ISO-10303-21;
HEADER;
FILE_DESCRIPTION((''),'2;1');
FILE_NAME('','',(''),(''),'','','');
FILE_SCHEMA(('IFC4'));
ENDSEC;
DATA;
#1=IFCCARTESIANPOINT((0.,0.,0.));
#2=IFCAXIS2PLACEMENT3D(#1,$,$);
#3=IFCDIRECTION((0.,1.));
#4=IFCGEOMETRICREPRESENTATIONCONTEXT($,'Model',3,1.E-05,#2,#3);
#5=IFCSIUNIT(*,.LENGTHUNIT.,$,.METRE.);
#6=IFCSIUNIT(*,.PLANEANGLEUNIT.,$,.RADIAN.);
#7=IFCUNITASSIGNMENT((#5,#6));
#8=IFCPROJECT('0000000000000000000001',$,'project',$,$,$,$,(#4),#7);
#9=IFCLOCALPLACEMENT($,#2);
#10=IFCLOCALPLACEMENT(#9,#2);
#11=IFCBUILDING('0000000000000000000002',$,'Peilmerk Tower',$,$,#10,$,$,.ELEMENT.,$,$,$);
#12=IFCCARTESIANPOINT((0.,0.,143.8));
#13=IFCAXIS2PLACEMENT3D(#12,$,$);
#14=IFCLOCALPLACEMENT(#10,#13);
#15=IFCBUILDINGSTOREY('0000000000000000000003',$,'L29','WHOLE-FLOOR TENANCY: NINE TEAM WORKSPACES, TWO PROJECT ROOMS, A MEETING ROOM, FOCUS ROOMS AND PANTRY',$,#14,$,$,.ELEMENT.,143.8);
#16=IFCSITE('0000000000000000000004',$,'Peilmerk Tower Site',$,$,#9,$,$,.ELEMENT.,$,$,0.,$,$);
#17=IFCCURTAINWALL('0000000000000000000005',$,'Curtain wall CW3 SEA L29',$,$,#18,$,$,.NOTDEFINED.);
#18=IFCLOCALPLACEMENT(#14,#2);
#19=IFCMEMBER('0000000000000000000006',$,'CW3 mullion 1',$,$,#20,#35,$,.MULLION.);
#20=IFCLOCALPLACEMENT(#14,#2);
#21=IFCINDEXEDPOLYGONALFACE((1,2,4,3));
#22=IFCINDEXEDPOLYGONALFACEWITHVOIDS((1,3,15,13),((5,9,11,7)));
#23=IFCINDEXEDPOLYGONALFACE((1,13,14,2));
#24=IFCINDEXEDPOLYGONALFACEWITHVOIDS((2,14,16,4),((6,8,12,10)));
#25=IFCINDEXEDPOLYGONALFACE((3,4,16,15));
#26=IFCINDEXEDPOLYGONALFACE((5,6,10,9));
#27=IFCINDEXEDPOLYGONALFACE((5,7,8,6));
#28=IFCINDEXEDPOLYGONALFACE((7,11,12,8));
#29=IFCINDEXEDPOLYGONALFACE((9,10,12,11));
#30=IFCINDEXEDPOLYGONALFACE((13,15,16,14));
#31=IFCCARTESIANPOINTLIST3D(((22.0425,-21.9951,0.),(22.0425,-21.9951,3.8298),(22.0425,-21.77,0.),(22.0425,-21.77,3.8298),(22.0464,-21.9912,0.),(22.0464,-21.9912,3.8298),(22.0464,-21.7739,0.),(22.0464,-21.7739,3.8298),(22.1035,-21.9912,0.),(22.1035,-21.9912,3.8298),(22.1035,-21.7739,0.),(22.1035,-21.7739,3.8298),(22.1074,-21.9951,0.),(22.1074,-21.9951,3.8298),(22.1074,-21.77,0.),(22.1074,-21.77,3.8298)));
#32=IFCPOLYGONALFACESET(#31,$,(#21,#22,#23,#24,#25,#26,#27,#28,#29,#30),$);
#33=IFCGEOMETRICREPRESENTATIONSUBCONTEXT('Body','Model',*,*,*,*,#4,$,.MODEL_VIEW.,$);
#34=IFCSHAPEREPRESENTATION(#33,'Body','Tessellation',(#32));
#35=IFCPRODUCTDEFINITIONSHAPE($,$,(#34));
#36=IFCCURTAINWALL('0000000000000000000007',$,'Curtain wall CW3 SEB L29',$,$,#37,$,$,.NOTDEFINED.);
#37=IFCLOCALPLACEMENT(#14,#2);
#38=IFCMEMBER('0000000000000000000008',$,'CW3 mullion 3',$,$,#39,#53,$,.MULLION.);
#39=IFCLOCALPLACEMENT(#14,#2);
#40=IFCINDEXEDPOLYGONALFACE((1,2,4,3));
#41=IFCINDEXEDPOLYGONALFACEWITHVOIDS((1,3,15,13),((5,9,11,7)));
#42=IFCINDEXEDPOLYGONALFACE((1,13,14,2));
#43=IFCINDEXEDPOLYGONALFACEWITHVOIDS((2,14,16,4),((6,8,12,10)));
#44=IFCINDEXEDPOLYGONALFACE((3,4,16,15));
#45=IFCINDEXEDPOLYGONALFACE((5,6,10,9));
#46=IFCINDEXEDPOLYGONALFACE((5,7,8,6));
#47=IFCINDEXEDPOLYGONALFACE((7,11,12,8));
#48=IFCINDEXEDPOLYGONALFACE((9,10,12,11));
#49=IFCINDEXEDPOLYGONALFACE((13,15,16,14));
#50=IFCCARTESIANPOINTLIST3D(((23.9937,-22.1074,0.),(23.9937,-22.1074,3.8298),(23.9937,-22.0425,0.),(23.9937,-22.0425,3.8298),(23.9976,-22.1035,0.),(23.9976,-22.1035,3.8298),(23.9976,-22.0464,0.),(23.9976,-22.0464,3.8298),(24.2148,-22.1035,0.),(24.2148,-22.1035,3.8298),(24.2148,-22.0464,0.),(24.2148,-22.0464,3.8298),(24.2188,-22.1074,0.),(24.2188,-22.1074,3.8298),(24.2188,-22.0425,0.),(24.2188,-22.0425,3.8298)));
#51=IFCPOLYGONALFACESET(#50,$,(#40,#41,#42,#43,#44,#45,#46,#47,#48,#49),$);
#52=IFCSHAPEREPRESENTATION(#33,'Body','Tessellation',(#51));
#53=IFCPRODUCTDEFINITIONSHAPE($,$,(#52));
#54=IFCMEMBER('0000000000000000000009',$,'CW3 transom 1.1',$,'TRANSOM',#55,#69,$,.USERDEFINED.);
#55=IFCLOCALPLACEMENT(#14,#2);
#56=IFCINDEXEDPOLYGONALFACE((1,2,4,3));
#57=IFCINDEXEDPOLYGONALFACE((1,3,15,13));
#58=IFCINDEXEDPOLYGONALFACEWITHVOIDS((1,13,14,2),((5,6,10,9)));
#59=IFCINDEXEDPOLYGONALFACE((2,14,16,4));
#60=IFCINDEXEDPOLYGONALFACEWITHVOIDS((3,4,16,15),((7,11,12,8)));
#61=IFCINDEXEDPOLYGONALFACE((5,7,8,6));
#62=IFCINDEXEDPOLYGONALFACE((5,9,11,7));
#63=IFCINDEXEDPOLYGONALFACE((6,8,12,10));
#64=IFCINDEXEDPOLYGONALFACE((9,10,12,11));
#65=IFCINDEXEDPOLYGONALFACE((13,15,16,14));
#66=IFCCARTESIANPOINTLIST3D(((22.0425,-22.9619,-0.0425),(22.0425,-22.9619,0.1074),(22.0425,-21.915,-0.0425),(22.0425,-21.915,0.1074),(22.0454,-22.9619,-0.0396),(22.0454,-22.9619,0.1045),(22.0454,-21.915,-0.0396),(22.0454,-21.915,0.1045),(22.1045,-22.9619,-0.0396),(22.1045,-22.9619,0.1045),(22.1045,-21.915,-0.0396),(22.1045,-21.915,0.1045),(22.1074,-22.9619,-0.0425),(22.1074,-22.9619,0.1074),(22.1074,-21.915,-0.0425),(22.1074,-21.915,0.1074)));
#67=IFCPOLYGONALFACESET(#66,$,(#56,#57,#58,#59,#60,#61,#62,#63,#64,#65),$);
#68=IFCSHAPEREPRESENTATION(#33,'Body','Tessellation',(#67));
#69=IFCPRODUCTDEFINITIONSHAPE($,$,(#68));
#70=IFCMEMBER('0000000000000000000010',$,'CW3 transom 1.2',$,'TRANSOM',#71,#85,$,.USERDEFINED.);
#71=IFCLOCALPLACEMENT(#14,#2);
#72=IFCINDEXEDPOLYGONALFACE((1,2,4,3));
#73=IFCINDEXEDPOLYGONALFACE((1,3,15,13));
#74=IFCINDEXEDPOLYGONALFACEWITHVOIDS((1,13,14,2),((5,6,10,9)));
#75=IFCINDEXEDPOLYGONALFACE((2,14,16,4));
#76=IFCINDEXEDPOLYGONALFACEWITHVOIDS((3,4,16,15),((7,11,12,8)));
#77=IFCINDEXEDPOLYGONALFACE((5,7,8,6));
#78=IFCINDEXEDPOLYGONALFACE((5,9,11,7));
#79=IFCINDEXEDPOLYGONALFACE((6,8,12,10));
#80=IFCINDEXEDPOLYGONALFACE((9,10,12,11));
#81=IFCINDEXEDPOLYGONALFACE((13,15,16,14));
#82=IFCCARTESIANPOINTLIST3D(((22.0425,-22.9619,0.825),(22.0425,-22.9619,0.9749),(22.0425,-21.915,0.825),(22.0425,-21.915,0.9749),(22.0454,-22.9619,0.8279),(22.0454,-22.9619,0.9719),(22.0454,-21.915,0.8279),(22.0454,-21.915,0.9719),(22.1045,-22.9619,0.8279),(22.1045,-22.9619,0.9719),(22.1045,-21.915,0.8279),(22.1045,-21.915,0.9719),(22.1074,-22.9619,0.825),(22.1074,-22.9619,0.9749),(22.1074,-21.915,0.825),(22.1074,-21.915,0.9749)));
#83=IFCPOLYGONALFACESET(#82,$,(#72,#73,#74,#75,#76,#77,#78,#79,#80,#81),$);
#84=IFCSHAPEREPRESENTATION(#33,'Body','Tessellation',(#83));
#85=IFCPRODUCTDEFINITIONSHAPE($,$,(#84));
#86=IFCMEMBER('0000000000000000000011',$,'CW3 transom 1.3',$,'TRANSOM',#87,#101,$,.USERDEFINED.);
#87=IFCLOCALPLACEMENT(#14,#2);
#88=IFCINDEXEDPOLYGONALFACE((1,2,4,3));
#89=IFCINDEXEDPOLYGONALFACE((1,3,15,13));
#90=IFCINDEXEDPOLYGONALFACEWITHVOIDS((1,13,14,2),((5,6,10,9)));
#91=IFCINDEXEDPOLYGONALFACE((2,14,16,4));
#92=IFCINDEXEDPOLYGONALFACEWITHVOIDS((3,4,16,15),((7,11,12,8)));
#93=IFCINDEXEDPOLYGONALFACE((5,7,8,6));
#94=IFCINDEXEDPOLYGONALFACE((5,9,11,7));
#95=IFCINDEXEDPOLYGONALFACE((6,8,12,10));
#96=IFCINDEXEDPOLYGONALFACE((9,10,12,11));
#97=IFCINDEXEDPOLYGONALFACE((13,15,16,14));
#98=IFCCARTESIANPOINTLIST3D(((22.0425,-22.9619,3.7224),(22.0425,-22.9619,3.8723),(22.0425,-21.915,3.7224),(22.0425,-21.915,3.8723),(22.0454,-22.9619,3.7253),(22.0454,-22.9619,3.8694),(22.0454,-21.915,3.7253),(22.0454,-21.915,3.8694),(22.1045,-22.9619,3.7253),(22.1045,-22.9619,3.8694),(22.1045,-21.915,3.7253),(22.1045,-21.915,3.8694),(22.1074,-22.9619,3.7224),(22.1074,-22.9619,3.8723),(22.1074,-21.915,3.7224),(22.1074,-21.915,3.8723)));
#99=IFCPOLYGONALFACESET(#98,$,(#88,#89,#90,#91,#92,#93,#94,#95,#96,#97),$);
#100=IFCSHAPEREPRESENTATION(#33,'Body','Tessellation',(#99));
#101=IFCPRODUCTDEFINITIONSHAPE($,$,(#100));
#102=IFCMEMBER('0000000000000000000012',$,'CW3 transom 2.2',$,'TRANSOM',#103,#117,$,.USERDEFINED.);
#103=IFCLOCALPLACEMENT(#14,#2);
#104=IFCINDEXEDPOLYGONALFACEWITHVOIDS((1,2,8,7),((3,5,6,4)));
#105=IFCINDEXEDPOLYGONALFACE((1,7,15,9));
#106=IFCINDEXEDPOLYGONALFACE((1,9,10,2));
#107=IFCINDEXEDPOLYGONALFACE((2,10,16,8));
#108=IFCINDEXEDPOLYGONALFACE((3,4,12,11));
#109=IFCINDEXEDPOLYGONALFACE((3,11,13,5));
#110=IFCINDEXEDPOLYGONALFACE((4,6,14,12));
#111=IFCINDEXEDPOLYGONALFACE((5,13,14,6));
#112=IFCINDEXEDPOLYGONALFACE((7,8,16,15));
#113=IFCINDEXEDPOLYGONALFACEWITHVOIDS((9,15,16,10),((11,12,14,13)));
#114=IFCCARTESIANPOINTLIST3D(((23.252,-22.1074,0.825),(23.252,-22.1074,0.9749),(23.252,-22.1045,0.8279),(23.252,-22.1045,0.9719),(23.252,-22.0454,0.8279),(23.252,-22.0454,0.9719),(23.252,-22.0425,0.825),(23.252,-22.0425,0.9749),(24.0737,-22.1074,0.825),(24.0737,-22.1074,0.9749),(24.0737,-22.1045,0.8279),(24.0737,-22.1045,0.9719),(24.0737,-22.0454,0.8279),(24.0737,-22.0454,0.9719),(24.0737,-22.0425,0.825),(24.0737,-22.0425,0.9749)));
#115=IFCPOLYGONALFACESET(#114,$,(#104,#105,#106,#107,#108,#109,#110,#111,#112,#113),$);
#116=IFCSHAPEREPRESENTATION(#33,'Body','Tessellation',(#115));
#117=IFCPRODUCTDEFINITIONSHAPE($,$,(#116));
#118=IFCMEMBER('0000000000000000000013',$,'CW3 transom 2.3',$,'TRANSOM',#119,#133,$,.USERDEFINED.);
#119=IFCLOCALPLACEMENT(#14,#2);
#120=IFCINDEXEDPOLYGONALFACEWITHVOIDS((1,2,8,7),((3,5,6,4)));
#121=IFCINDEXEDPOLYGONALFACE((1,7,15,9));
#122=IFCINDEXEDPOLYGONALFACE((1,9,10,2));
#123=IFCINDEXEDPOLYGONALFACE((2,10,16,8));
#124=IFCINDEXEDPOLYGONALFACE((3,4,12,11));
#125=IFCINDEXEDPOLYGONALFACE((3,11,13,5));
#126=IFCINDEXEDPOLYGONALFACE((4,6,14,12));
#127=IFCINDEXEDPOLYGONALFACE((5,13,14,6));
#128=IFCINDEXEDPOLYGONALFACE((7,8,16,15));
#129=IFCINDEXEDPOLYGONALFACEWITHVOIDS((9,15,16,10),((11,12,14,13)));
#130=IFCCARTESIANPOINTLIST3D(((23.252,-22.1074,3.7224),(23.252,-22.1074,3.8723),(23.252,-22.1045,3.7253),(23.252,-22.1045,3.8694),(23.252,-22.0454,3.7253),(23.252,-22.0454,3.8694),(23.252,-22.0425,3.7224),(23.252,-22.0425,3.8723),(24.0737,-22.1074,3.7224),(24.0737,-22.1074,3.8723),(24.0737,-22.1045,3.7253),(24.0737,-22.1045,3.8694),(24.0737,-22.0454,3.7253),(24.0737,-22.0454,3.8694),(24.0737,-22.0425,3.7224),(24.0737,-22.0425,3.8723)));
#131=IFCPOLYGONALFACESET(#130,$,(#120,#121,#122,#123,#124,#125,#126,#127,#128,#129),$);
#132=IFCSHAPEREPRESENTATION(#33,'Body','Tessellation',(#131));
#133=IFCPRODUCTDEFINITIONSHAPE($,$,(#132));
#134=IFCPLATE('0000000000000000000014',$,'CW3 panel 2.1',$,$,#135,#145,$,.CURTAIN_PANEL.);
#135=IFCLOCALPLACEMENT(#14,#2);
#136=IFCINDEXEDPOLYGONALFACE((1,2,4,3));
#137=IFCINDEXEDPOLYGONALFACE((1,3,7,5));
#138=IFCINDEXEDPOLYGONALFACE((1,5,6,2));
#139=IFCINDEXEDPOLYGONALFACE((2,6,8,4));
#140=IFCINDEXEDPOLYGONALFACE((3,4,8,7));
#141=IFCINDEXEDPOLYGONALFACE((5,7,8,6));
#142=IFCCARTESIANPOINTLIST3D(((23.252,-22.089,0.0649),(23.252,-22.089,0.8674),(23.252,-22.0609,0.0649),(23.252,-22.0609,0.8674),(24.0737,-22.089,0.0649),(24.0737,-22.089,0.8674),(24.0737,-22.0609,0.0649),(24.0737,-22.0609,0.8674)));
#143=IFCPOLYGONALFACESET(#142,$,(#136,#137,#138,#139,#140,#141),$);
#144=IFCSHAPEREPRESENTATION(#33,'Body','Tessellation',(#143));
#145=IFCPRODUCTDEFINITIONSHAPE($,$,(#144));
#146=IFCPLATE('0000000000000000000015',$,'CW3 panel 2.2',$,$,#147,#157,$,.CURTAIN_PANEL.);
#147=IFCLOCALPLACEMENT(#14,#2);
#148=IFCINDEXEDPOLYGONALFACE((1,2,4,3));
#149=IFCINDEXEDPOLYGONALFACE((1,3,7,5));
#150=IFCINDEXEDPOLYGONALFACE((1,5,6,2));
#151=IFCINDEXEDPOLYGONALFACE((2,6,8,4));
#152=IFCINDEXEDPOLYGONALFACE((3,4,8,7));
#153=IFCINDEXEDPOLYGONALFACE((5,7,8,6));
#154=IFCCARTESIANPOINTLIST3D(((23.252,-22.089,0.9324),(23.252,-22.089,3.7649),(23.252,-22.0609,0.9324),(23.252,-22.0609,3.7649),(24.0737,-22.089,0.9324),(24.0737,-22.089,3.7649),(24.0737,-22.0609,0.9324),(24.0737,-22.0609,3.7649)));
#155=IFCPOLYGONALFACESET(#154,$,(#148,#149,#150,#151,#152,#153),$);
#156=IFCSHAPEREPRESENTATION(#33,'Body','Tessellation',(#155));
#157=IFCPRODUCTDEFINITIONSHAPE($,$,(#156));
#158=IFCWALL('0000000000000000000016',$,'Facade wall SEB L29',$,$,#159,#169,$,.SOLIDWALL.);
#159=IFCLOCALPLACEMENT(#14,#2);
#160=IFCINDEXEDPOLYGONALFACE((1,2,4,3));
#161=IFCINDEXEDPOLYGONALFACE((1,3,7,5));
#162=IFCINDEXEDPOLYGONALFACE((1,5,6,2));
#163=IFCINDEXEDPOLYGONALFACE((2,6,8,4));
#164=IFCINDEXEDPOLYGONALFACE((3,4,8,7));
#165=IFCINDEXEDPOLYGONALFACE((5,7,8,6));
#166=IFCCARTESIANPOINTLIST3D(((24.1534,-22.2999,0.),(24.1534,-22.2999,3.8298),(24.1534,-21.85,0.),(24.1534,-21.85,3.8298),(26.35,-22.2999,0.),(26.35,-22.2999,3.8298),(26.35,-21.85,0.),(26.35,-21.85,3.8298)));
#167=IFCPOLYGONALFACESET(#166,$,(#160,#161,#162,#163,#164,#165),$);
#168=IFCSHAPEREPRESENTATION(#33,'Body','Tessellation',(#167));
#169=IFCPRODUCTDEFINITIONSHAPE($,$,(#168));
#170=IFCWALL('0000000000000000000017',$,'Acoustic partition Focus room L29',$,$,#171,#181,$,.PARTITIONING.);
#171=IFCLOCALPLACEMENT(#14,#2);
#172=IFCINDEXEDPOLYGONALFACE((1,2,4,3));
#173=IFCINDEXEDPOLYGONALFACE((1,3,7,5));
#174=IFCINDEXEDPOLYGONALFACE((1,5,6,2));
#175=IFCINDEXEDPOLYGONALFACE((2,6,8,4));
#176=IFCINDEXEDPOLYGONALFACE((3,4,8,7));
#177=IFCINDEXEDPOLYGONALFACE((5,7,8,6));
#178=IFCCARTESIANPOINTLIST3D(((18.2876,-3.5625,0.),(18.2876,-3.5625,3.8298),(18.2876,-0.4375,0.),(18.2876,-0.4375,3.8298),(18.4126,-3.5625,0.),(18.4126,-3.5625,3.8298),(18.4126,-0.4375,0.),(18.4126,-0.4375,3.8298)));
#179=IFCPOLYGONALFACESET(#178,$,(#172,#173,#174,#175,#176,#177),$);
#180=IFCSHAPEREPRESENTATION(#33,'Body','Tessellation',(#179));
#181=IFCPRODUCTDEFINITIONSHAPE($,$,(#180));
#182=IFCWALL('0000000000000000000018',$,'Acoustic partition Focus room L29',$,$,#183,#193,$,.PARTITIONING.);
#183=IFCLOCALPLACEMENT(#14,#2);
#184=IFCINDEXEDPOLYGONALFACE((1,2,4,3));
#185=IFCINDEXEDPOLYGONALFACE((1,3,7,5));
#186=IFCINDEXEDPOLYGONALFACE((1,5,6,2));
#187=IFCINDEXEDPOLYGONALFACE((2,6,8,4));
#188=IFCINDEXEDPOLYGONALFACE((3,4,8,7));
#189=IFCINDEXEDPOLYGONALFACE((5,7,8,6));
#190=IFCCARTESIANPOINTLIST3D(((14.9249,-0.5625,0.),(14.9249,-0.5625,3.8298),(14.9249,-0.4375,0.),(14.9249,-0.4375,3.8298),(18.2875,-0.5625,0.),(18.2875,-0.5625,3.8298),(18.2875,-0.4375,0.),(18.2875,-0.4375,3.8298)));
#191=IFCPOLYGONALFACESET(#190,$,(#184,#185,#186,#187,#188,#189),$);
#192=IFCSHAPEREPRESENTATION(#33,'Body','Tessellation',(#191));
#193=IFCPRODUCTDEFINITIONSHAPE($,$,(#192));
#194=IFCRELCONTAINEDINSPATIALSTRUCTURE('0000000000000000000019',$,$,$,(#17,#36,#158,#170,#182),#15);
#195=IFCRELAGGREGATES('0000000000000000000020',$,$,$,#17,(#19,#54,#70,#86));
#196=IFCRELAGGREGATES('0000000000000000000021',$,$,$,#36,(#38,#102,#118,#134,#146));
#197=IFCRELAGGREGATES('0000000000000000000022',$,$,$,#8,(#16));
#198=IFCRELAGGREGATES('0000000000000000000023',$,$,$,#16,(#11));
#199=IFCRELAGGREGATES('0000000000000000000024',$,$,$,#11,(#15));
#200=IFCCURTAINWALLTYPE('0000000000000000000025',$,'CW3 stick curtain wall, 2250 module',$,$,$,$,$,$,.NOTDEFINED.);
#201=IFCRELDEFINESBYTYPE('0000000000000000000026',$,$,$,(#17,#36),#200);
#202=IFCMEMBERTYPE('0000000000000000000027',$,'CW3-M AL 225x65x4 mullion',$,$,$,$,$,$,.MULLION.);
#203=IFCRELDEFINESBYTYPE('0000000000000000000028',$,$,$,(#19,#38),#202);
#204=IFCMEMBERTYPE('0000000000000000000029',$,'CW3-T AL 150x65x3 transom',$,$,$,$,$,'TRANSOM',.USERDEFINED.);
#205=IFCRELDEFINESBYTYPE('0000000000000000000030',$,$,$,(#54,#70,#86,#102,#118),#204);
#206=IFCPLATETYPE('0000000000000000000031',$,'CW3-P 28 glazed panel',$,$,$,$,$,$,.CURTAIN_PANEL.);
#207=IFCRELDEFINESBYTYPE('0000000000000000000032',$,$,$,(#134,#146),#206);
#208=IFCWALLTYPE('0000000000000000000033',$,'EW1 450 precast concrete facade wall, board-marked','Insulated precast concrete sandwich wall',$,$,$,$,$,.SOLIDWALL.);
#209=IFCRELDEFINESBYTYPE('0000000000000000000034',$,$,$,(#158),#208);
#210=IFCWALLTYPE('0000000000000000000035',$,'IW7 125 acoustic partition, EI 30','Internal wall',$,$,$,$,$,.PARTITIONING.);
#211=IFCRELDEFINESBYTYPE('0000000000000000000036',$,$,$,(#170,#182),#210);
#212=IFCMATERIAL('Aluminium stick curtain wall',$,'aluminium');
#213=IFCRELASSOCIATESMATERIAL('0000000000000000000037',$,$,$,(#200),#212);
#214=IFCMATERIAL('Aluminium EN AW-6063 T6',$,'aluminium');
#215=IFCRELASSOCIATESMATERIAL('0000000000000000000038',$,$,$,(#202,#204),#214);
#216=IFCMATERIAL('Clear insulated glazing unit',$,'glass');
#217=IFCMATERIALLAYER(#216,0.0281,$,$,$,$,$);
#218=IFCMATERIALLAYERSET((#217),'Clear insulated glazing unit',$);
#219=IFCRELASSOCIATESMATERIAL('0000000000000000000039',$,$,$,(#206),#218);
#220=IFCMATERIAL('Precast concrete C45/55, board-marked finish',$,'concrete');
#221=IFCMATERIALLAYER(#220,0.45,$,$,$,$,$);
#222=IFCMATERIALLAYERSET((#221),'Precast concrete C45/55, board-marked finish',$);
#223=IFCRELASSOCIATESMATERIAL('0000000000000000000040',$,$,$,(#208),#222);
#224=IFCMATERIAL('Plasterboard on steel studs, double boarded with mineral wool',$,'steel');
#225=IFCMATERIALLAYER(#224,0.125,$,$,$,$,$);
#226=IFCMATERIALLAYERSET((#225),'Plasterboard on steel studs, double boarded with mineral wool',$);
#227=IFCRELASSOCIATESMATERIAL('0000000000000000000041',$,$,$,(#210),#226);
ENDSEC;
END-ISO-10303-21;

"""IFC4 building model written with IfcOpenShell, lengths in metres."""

from ifc_helpers import new_model, si_unit, direction, frame, frame_2d, origin, origin_2d, place, context, subcontext, project, spatial, rectangle, hollow_rectangle, extrude, material, layer, layer_set, material_profile, profile_set, type_object, element, aggregate, save


model = new_model("IFC4")

# Units and contexts
model_context = context("Model", 3, precision=1e-05, world=origin(), true_north=direction((0.0, 1.0)))
body_context = subcontext(model_context, "Body", "Model", "MODEL_VIEW")
ifc_project = project(units=[si_unit("LENGTHUNIT", "METRE"), si_unit("PLANEANGLEUNIT", "RADIAN")], contexts=[model_context])

# Site, building, storey
site_placement = place(None, origin())
site = spatial("IfcSite", under=ifc_project, at=site_placement, Name="Peilmerk Tower Site", CompositionType="ELEMENT", RefElevation=0.0)
building_placement = place(site_placement, origin())
building = spatial("IfcBuilding", under=site, at=building_placement, Name="Peilmerk Tower", CompositionType="ELEMENT")
storey_placement = place(building_placement, frame((0.0, 0.0, 143.8)))
storey = spatial("IfcBuildingStorey", under=building, at=storey_placement, Name="L29", Description="WHOLE-FLOOR TENANCY: NINE TEAM WORKSPACES, TWO PROJECT ROOMS, A MEETING ROOM, FOCUS ROOMS AND PANTRY", CompositionType="ELEMENT", Elevation=143.8)

# Curtain walls, members
ifc_material_1 = material(Name="Aluminium stick curtain wall", Category="aluminium")
curtain_wall_type = type_object("IfcCurtainWallType", Name="CW3 stick curtain wall, 2250 module", PredefinedType="NOTDEFINED", material=ifc_material_1)
curtain_wall_1_placement = place(storey_placement, origin())
curtain_wall_1 = element("IfcCurtainWall", 1, at=curtain_wall_1_placement, inside=storey, type_object=curtain_wall_type, Name="Curtain wall CW3 SEA L29", PredefinedType="NOTDEFINED")
ifc_material_2 = material(Name="Aluminium EN AW-6063 T6", Category="aluminium")
ifc_material_profile_1 = material_profile(ifc_material_2, hollow_rectangle(XDim=0.0649, YDim=0.2251, WallThickness=0.0039, at=origin_2d()), Name="AL 225x65x4")
ifc_profile_set_1 = profile_set([ifc_material_profile_1], Name="Aluminium EN AW-6063 T6")
member_type_1 = type_object("IfcMemberType", Name="CW3-M AL 225x65x4 mullion", PredefinedType="MULLION", material=ifc_profile_set_1)
member_1_placement = place(storey_placement, frame((22.075, -21.8826, 0.0), z_axis=(0.0, 0.0, 1.0), x_axis=(1.0, 0.0, 0.0)))
member_1 = element("IfcMember", 2, at=member_1_placement, type_object=member_type_1, Name="CW3 mullion 1", PredefinedType="MULLION", context=body_context, shape_type="SweptSolid", body=[
    extrude(hollow_rectangle(XDim=0.0649, YDim=0.2251, WallThickness=0.0039, at=origin_2d()), origin(), (0.0, 0.0, 1.0), 3.8298),
])
curtain_wall_2_placement = place(storey_placement, origin())
curtain_wall_2 = element("IfcCurtainWall", 3, at=curtain_wall_2_placement, inside=storey, type_object=curtain_wall_type, Name="Curtain wall CW3 SEB L29", PredefinedType="NOTDEFINED")
member_2_placement = place(storey_placement, frame((24.1062, -22.075, 0.0), z_axis=(0.0, 0.0, 1.0), x_axis=(0.0, 1.0, 0.0)))
member_2 = element("IfcMember", 4, at=member_2_placement, type_object=member_type_1, Name="CW3 mullion 3", PredefinedType="MULLION", context=body_context, shape_type="SweptSolid", body=[
    extrude(hollow_rectangle(XDim=0.0649, YDim=0.2251, WallThickness=0.0039, at=origin_2d()), origin(), (0.0, 0.0, 1.0), 3.8298),
])

# Members
ifc_material_profile_2 = material_profile(ifc_material_2, hollow_rectangle(XDim=0.0649, YDim=0.1499, WallThickness=0.0029, at=origin_2d()), Name="AL 150x65x3")
ifc_profile_set_2 = profile_set([ifc_material_profile_2], Name="Aluminium EN AW-6063 T6")
member_type_2 = type_object("IfcMemberType", Name="CW3-T AL 150x65x3 transom", ElementType="TRANSOM", PredefinedType="USERDEFINED", material=ifc_profile_set_2)
member_3_placement = place(storey_placement, frame((22.075, -21.915, 0.0325), z_axis=(0.0, -1.0, 0.0), x_axis=(1.0, 0.0, 0.0)))
member_3 = element("IfcMember", 5, at=member_3_placement, type_object=member_type_2, Name="CW3 transom 1.1", ObjectType="TRANSOM", PredefinedType="USERDEFINED", context=body_context, shape_type="SweptSolid", body=[
    extrude(hollow_rectangle(XDim=0.0649, YDim=0.1499, WallThickness=0.0029, at=origin_2d()), origin(), (0.0, 0.0, 1.0), 1.0469),
])
member_4_placement = place(storey_placement, frame((22.075, -21.915, 0.8999), z_axis=(0.0, -1.0, 0.0), x_axis=(1.0, 0.0, 0.0)))
member_4 = element("IfcMember", 6, at=member_4_placement, type_object=member_type_2, Name="CW3 transom 1.2", ObjectType="TRANSOM", PredefinedType="USERDEFINED", context=body_context, shape_type="SweptSolid", body=[
    extrude(hollow_rectangle(XDim=0.0649, YDim=0.1499, WallThickness=0.0029, at=origin_2d()), origin(), (0.0, 0.0, 1.0), 1.0469),
])
member_5_placement = place(storey_placement, frame((22.075, -21.915, 3.7974), z_axis=(0.0, -1.0, 0.0), x_axis=(1.0, 0.0, 0.0)))
member_5 = element("IfcMember", 7, at=member_5_placement, type_object=member_type_2, Name="CW3 transom 1.3", ObjectType="TRANSOM", PredefinedType="USERDEFINED", context=body_context, shape_type="SweptSolid", body=[
    extrude(hollow_rectangle(XDim=0.0649, YDim=0.1499, WallThickness=0.0029, at=origin_2d()), origin(), (0.0, 0.0, 1.0), 1.0469),
])
aggregate(curtain_wall_1, [member_1, member_3, member_4, member_5])
member_6_placement = place(storey_placement, frame((23.252, -22.075, 0.8999), z_axis=(1.0, 0.0, 0.0), x_axis=(0.0, 1.0, 0.0)))
member_6 = element("IfcMember", 8, at=member_6_placement, type_object=member_type_2, Name="CW3 transom 2.2", ObjectType="TRANSOM", PredefinedType="USERDEFINED", context=body_context, shape_type="SweptSolid", body=[
    extrude(hollow_rectangle(XDim=0.0649, YDim=0.1499, WallThickness=0.0029, at=origin_2d()), origin(), (0.0, 0.0, 1.0), 0.8218),
])
member_7_placement = place(storey_placement, frame((23.252, -22.075, 3.7974), z_axis=(1.0, 0.0, 0.0), x_axis=(0.0, 1.0, 0.0)))
member_7 = element("IfcMember", 9, at=member_7_placement, type_object=member_type_2, Name="CW3 transom 2.3", ObjectType="TRANSOM", PredefinedType="USERDEFINED", context=body_context, shape_type="SweptSolid", body=[
    extrude(hollow_rectangle(XDim=0.0649, YDim=0.1499, WallThickness=0.0029, at=origin_2d()), origin(), (0.0, 0.0, 1.0), 0.8218),
])

# Plates
ifc_material_3 = material(Name="Clear insulated glazing unit", Category="glass")
ifc_layer_1 = layer(ifc_material_3, 0.0281)
ifc_layer_set_1 = layer_set([ifc_layer_1], Name="Clear insulated glazing unit")
plate_type = type_object("IfcPlateType", Name="CW3-P 28 glazed panel", PredefinedType="CURTAIN_PANEL", material=ifc_layer_set_1)
plate_1_placement = place(storey_placement, frame((23.6628, -22.075, 0.0649), z_axis=(0.0, 0.0, 1.0), x_axis=(1.0, 0.0, 0.0)))
plate_1 = element("IfcPlate", 10, at=plate_1_placement, type_object=plate_type, Name="CW3 panel 2.1", PredefinedType="CURTAIN_PANEL", context=body_context, shape_type="SweptSolid", body=[
    extrude(rectangle(XDim=0.8218, YDim=0.0281, at=origin_2d()), origin(), (0.0, 0.0, 1.0), 0.8025),
])
plate_2_placement = place(storey_placement, frame((23.6628, -22.075, 0.9324), z_axis=(0.0, 0.0, 1.0), x_axis=(1.0, 0.0, 0.0)))
plate_2 = element("IfcPlate", 11, at=plate_2_placement, type_object=plate_type, Name="CW3 panel 2.2", PredefinedType="CURTAIN_PANEL", context=body_context, shape_type="SweptSolid", body=[
    extrude(rectangle(XDim=0.8218, YDim=0.0281, at=origin_2d()), origin(), (0.0, 0.0, 1.0), 2.8325),
])
aggregate(curtain_wall_2, [member_2, member_6, member_7, plate_1, plate_2])

# Walls
ifc_material_4 = material(Name="Precast concrete C45/55, board-marked finish", Category="concrete")
ifc_layer_2 = layer(ifc_material_4, 0.45)
ifc_layer_set_2 = layer_set([ifc_layer_2], Name="Precast concrete C45/55, board-marked finish")
wall_type_1 = type_object("IfcWallType", Name="EW1 450 precast concrete facade wall, board-marked", Description="Insulated precast concrete sandwich wall", PredefinedType="SOLIDWALL", material=ifc_layer_set_2)
wall_1_placement = place(storey_placement, frame((24.1536, -22.075, 0.0), z_axis=(0.0, 0.0, 1.0), x_axis=(1.0, 0.0, 0.0)))
element("IfcWall", 12, at=wall_1_placement, inside=storey, type_object=wall_type_1, Name="Facade wall SEB L29", PredefinedType="SOLIDWALL", context=body_context, shape_type="SweptSolid", body=[
    extrude(rectangle(XDim=2.1965, YDim=0.45, at=frame_2d((1.0981, 0.0))), origin(), (0.0, 0.0, 1.0), 3.8298),
])
ifc_material_5 = material(Name="Plasterboard on steel studs, double boarded with mineral wool", Category="steel")
ifc_layer_3 = layer(ifc_material_5, 0.125)
ifc_layer_set_3 = layer_set([ifc_layer_3], Name="Plasterboard on steel studs, double boarded with mineral wool")
wall_type_2 = type_object("IfcWallType", Name="IW7 125 acoustic partition, EI 30", Description="Internal wall", PredefinedType="PARTITIONING", material=ifc_layer_set_3)
wall_2_placement = place(storey_placement, frame((18.3501, -3.5625, 0.0), z_axis=(0.0, 0.0, 1.0), x_axis=(0.0, 1.0, 0.0)))
element("IfcWall", 13, at=wall_2_placement, inside=storey, type_object=wall_type_2, Name="Acoustic partition Focus room L29", PredefinedType="PARTITIONING", context=body_context, shape_type="SweptSolid", body=[
    extrude(rectangle(XDim=3.125, YDim=0.125, at=frame_2d((1.5625, 0.0))), origin(), (0.0, 0.0, 1.0), 3.8298),
])
wall_3_placement = place(storey_placement, frame((14.925, -0.5, 0.0), z_axis=(0.0, 0.0, 1.0), x_axis=(1.0, 0.0, 0.0)))
element("IfcWall", 14, at=wall_3_placement, inside=storey, type_object=wall_type_2, Name="Acoustic partition Focus room L29", PredefinedType="PARTITIONING", context=body_context, shape_type="SweptSolid", body=[
    extrude(rectangle(XDim=3.3625, YDim=0.125, at=frame_2d((1.6812, 0.0))), origin(), (0.0, 0.0, 1.0), 3.8298),
])

save(model, "model.ifc")
